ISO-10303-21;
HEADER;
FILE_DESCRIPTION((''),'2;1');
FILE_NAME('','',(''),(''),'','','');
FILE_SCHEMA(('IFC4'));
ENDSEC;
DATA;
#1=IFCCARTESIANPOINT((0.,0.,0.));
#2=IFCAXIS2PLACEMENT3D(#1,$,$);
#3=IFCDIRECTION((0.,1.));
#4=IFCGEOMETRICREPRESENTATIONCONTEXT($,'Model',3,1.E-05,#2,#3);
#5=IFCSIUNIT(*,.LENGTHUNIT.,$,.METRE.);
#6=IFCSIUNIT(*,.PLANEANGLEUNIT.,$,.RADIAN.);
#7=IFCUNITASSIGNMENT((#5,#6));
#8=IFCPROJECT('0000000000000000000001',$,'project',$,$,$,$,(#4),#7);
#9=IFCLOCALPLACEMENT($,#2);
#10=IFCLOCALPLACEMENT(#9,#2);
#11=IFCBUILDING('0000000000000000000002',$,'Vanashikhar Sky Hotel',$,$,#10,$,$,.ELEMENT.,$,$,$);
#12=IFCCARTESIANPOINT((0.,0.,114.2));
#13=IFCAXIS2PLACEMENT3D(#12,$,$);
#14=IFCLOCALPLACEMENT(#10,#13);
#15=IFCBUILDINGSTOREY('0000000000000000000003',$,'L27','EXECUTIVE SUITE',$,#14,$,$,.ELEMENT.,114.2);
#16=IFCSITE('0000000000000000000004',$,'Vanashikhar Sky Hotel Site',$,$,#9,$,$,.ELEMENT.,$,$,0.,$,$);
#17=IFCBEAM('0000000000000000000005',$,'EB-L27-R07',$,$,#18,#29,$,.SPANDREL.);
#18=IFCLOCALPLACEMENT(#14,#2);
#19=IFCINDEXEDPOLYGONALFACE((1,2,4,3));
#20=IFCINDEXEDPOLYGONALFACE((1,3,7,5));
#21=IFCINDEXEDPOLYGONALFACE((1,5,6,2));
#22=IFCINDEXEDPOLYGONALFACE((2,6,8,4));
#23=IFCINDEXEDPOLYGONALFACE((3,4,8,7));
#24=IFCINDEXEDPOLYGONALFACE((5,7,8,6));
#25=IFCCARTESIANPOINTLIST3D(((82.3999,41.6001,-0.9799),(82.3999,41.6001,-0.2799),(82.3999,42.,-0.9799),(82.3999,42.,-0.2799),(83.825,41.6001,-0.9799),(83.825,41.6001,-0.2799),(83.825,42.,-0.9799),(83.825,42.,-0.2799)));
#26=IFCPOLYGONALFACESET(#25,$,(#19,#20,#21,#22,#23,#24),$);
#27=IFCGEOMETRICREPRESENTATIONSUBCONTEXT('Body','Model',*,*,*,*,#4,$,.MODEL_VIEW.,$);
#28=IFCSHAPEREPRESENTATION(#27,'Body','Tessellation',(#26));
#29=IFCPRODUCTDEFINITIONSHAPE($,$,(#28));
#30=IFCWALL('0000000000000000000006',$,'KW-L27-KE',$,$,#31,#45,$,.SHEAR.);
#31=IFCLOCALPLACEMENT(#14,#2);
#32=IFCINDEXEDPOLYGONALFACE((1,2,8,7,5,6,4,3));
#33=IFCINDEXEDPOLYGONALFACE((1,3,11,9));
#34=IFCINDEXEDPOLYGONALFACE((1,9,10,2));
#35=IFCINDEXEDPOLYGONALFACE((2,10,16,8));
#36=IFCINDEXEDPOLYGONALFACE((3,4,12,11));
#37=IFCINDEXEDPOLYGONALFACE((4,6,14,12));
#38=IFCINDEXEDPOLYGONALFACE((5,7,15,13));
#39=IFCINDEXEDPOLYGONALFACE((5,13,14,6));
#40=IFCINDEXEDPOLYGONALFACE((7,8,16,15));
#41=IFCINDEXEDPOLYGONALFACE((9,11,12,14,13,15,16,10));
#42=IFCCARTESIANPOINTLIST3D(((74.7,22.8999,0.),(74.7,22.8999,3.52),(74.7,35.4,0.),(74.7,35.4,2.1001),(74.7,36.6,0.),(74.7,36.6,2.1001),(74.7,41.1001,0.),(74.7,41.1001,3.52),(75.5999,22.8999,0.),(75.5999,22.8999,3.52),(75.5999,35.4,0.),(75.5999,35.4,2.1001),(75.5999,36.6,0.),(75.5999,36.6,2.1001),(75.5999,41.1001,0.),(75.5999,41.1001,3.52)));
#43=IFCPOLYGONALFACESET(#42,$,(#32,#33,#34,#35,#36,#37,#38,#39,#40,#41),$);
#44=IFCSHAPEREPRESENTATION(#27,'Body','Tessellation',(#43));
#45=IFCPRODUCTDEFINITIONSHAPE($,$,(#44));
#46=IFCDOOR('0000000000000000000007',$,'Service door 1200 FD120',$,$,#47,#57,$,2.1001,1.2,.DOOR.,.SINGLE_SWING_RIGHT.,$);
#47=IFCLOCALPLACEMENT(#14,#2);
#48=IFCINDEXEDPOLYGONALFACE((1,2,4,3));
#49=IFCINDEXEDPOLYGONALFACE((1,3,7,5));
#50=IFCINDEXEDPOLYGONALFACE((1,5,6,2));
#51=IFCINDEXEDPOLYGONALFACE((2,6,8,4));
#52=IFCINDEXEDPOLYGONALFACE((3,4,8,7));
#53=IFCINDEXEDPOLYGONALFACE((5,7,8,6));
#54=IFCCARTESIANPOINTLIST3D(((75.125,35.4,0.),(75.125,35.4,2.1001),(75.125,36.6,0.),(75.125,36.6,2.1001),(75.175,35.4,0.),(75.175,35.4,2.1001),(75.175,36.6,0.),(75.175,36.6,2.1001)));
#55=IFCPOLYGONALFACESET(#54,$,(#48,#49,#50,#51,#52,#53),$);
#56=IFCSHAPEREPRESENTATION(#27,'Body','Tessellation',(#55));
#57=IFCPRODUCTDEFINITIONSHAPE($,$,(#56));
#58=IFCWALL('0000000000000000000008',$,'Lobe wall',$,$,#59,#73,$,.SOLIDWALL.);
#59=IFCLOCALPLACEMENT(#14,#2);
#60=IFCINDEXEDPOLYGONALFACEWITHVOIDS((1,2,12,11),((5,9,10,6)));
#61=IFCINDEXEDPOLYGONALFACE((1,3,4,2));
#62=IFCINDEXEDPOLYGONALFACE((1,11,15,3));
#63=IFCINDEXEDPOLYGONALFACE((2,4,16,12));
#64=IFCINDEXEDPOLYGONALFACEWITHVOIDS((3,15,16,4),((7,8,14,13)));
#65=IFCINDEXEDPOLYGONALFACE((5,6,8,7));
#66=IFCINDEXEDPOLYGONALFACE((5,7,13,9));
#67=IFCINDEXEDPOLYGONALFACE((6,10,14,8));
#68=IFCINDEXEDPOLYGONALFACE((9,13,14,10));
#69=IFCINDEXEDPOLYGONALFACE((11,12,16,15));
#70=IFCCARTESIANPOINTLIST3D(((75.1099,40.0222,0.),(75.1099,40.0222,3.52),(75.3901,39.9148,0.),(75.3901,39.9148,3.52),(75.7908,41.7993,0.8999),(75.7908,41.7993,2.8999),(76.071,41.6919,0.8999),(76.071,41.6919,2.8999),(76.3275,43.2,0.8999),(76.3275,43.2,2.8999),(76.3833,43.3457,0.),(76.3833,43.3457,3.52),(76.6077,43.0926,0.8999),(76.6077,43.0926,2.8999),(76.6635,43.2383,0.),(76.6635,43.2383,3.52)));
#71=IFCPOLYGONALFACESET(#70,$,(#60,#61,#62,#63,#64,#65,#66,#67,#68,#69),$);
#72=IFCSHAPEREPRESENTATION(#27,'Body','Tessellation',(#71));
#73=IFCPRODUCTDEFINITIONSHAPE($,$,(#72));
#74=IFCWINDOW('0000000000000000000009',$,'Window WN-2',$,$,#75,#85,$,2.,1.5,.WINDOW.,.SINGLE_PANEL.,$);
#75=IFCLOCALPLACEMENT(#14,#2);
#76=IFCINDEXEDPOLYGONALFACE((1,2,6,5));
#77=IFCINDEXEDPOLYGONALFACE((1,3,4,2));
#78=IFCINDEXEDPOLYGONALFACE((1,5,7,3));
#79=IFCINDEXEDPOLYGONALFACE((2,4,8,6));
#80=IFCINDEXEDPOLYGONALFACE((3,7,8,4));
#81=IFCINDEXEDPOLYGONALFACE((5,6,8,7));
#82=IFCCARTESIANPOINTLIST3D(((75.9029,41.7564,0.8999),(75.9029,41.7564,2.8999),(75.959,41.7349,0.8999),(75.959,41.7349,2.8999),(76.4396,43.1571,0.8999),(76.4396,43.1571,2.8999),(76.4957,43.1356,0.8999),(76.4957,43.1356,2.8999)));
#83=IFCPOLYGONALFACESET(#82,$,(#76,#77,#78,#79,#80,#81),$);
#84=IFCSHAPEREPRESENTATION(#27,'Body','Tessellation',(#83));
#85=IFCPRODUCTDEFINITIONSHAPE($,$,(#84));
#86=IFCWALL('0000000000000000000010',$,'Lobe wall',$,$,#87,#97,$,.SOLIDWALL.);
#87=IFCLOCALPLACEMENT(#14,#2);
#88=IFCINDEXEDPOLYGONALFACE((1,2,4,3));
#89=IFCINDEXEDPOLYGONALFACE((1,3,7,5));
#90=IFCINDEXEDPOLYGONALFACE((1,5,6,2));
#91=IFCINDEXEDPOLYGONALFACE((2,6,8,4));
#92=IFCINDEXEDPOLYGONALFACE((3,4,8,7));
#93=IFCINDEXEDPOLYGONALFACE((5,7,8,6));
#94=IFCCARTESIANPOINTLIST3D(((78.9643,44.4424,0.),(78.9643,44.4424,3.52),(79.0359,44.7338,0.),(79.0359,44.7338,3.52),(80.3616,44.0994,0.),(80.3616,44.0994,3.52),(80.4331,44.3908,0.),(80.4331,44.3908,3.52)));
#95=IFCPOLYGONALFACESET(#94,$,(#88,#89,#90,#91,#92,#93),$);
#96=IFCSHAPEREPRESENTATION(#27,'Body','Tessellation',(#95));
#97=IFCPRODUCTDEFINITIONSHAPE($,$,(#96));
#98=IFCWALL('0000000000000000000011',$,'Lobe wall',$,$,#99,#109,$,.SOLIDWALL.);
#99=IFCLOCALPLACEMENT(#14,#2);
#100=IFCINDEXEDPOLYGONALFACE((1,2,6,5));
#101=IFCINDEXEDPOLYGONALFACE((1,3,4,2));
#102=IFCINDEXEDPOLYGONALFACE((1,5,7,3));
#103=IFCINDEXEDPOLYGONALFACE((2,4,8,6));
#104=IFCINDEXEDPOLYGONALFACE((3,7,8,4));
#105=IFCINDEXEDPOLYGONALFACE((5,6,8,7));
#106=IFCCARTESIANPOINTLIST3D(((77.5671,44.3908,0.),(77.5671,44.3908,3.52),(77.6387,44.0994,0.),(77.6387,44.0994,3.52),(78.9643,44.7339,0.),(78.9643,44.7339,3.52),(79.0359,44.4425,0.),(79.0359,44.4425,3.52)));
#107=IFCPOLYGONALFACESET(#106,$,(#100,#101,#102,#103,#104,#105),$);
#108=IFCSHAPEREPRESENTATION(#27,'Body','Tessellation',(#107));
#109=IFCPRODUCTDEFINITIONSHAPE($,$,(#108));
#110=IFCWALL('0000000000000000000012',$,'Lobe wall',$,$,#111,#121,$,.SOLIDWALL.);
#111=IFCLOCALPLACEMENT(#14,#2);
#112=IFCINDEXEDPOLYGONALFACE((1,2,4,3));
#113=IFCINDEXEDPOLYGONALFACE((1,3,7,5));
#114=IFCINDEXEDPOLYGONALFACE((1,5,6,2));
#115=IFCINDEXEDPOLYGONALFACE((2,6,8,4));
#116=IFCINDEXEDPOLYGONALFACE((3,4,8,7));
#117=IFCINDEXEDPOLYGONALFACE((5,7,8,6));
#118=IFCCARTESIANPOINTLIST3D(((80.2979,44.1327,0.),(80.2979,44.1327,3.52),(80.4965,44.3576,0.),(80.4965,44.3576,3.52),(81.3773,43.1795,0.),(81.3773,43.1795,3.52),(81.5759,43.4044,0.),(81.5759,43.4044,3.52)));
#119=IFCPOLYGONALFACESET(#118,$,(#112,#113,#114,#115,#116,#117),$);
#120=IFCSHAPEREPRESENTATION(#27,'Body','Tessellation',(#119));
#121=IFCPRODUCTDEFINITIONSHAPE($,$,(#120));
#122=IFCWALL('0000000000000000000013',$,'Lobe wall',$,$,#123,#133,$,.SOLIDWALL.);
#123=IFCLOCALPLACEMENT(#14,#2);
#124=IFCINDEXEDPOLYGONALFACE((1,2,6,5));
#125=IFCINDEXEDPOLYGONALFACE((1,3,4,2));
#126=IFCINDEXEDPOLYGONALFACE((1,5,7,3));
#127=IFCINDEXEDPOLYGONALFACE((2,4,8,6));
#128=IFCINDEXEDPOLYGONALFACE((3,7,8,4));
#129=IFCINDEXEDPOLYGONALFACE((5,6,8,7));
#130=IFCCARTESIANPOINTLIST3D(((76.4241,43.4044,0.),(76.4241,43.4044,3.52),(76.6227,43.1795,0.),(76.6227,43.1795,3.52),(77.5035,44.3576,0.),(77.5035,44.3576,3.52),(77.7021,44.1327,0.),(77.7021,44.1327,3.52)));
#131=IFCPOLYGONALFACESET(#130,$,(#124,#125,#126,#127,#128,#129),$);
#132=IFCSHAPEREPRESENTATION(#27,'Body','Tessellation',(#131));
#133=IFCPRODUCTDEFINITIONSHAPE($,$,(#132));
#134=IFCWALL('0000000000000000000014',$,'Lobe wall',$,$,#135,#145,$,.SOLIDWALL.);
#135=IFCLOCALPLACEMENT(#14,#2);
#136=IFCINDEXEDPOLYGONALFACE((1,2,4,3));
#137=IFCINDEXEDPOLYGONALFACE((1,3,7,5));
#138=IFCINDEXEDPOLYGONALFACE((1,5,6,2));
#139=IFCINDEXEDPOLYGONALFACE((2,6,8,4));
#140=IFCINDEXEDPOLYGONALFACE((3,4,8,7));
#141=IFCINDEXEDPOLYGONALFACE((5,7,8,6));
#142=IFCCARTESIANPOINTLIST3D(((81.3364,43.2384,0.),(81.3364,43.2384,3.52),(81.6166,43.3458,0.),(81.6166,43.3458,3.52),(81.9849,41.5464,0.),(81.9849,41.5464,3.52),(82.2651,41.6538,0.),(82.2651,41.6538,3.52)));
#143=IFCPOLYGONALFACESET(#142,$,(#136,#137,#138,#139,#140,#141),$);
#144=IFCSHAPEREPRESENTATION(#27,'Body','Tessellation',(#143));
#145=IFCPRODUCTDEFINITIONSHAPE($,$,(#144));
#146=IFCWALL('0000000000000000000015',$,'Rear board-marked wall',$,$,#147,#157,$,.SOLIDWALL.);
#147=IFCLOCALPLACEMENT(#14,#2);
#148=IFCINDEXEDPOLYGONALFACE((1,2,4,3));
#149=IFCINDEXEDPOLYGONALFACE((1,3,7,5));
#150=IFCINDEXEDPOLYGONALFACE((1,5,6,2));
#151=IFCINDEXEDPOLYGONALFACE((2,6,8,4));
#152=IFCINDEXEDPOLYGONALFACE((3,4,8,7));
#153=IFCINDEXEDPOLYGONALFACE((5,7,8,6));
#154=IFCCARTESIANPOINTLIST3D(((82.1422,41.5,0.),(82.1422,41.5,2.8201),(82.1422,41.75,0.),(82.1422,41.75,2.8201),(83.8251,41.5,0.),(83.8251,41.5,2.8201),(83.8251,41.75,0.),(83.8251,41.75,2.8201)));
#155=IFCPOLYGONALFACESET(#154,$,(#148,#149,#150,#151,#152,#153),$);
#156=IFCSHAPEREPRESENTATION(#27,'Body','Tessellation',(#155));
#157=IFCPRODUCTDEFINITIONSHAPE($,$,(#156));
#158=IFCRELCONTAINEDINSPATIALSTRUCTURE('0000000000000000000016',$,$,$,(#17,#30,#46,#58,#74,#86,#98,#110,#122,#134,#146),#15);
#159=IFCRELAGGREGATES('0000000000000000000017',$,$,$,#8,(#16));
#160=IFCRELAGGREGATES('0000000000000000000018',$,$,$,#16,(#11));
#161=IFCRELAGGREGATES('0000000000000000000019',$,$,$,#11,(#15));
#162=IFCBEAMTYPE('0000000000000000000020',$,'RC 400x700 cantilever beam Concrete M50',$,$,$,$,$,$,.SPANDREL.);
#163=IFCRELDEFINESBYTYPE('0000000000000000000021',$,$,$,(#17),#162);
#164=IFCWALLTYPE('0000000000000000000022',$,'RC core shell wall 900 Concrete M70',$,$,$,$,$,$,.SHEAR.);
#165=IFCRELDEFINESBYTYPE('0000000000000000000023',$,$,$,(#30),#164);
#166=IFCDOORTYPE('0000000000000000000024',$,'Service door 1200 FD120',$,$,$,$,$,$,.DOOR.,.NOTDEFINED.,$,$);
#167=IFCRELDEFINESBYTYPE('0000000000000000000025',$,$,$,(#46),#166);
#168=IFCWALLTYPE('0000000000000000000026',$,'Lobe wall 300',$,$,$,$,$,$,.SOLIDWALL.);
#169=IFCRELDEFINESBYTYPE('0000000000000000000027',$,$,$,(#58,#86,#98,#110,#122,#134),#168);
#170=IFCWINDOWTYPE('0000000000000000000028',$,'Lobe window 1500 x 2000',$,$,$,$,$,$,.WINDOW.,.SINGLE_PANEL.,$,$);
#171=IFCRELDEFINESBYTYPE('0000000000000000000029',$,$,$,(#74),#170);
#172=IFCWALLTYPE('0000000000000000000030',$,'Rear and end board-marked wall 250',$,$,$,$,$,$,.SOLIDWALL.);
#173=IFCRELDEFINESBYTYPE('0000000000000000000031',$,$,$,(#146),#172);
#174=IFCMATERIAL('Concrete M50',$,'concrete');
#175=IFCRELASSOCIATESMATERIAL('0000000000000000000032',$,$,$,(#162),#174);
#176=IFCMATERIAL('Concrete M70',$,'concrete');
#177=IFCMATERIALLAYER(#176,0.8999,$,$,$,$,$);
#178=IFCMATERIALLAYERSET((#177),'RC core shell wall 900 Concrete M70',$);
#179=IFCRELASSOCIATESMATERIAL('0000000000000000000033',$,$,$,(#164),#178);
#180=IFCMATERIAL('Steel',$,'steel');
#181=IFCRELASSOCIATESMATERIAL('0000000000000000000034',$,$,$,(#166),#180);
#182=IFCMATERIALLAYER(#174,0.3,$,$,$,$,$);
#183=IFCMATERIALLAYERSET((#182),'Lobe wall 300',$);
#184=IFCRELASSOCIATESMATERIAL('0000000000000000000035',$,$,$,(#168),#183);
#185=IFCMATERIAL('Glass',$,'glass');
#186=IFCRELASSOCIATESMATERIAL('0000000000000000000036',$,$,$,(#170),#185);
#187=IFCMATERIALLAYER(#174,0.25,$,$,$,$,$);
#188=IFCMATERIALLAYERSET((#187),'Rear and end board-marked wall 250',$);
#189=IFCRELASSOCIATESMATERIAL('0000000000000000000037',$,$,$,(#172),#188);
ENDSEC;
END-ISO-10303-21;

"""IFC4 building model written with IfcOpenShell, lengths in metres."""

from ifc_helpers import new_model, si_unit, direction, frame, frame_2d, origin, origin_2d, place, context, subcontext, project, spatial, rectangle, extrude, source, transform, mapped, material, layer, layer_set, material_profile, profile_set, type_object, element, fill, save


model = new_model("IFC4")

# Units and contexts
model_context = context("Model", 3, precision=1e-05, world=origin(), true_north=direction((0.0, 1.0)))
body_context = subcontext(model_context, "Body", "Model", "MODEL_VIEW")
ifc_project = project(units=[si_unit("LENGTHUNIT", "METRE"), si_unit("PLANEANGLEUNIT", "RADIAN")], contexts=[model_context])

# Site, building, storey
site_placement = place(None, origin())
site = spatial("IfcSite", under=ifc_project, at=site_placement, Name="Vanashikhar Sky Hotel Site", CompositionType="ELEMENT", RefElevation=0.0)
building_placement = place(site_placement, origin())
building = spatial("IfcBuilding", under=site, at=building_placement, Name="Vanashikhar Sky Hotel", CompositionType="ELEMENT")
storey_placement = place(building_placement, frame((0.0, 0.0, 114.2)))
storey = spatial("IfcBuildingStorey", under=building, at=storey_placement, Name="L27", Description="EXECUTIVE SUITE", CompositionType="ELEMENT", Elevation=114.2)

# Beam
ifc_material_1 = material(Name="Concrete M50", Category="concrete")
ifc_material_profile_1 = material_profile(ifc_material_1, rectangle(XDim=0.3999, YDim=0.7, at=origin_2d()))
ifc_profile_set_1 = profile_set([ifc_material_profile_1], Name="RC 400x700 cantilever beam Concrete M50")
beam_type = type_object("IfcBeamType", Name="RC 400x700 cantilever beam Concrete M50", PredefinedType="SPANDREL", material=ifc_profile_set_1)
shared_shape_1 = source(origin(), body_context, "Body", "SweptSolid", [
    extrude(rectangle(XDim=0.3999, YDim=0.7, at=origin_2d()), origin(), (0.0, 0.0, 1.0), 1.425),
])
beam_placement = place(storey_placement, frame((82.3999, 41.8, -0.6299), z_axis=(1.0, 0.0, 0.0), x_axis=(0.0, 1.0, 0.0)))
element("IfcBeam", 1, at=beam_placement, inside=storey, type_object=beam_type, Name="EB-L27-R07", PredefinedType="SPANDREL", context=body_context, shape_type="MappedRepresentation", body=[
    mapped(shared_shape_1, transform((0.0, 0.0, 0.0), scale=1.0)),
])

# Wall, opening, door
ifc_material_2 = material(Name="Concrete M70", Category="concrete")
ifc_layer_1 = layer(ifc_material_2, 0.8999)
ifc_layer_set_1 = layer_set([ifc_layer_1], Name="RC core shell wall 900 Concrete M70")
wall_type_1 = type_object("IfcWallType", Name="RC core shell wall 900 Concrete M70", PredefinedType="SHEAR", material=ifc_layer_set_1)
shared_shape_2 = source(origin(), body_context, "Body", "SweptSolid", [
    extrude(rectangle(XDim=18.2002, YDim=0.8999, at=frame_2d((9.1001, 0.0))), origin(), (0.0, 0.0, 1.0), 3.52),
])
wall_1_placement = place(storey_placement, frame((75.1499, 22.8999, 0.0), z_axis=(0.0, 0.0, 1.0), x_axis=(0.0, 1.0, 0.0)))
wall_1 = element("IfcWall", 2, at=wall_1_placement, inside=storey, type_object=wall_type_1, Name="KW-L27-KE", PredefinedType="SHEAR", context=body_context, shape_type="MappedRepresentation", body=[
    mapped(shared_shape_2, transform((0.0, 0.0, 0.0), scale=1.0)),
])
shared_shape_3 = source(origin(), body_context, "Body", "SweptSolid", [
    extrude(rectangle(XDim=1.2, YDim=2.1001, at=frame_2d((0.6001, 1.05))), frame((0.0, 0.46, 0.0), z_axis=(0.0, -1.0, 0.0), x_axis=(1.0, 0.0, 0.0)), (0.0, 0.0, 1.0), 0.9199),
])
opening_1_placement = place(wall_1_placement, frame((12.5, 0.0, 0.0)))
opening_1 = element("IfcOpeningElement", 3, at=opening_1_placement, cuts=wall_1, PredefinedType="OPENING", context=body_context, shape_type="MappedRepresentation", body=[
    mapped(shared_shape_3, transform((0.0, 0.0, 0.0), scale=1.0)),
])
ifc_material_3 = material(Name="Steel", Category="steel")
door_type_1 = type_object("IfcDoorType", Name="Service door 1200 FD120", OperationType="NOTDEFINED", PredefinedType="DOOR", material=ifc_material_3)
shared_shape_4 = source(origin(), body_context, "Body", "SweptSolid", [
    extrude(rectangle(XDim=1.2, YDim=2.1001, at=frame_2d((0.6001, 1.05))), frame((0.0, 0.0249, 0.0), z_axis=(0.0, -1.0, 0.0), x_axis=(1.0, 0.0, 0.0)), (0.0, 0.0, 1.0), 0.05),
])
door_1_placement = place(opening_1_placement, origin())
door_1 = element("IfcDoor", 4, at=door_1_placement, inside=storey, type_object=door_type_1, Name="Service door 1200 FD120", OperationType="SINGLE_SWING_RIGHT", OverallHeight=2.1001, OverallWidth=1.2, PredefinedType="DOOR", context=body_context, shape_type="MappedRepresentation", body=[
    mapped(shared_shape_4, transform((0.0, 0.0, 0.0), scale=1.0)),
])
fill(opening_1, door_1)

# Wall, opening, window
ifc_layer_2 = layer(ifc_material_1, 0.3)
ifc_layer_set_2 = layer_set([ifc_layer_2], Name="Lobe wall 300")
wall_type_2 = type_object("IfcWallType", Name="Lobe wall 300", PredefinedType="SOLIDWALL", material=ifc_layer_set_2)
shared_shape_5 = source(origin(), body_context, "Body", "SweptSolid", [
    extrude(rectangle(XDim=3.5591, YDim=0.3, at=frame_2d((1.7795, 0.0))), origin(), (0.0, 0.0, 1.0), 3.52),
])
wall_2_placement = place(storey_placement, frame((76.5234, 43.292, 0.0), z_axis=(0.0, 0.0, 1.0), x_axis=(-0.357797, -0.933799, 0.0)))
wall_2 = element("IfcWall", 5, at=wall_2_placement, inside=storey, type_object=wall_type_2, Name="Lobe wall", PredefinedType="SOLIDWALL", context=body_context, shape_type="MappedRepresentation", body=[
    mapped(shared_shape_5, transform((0.0, 0.0, 0.0), scale=1.0)),
])
shared_shape_6 = source(origin(), body_context, "Body", "SweptSolid", [
    extrude(rectangle(XDim=1.5, YDim=2.0, at=frame_2d((0.75, 1.0))), frame((0.0, 0.1602, 0.0), z_axis=(0.0, -1.0, 0.0), x_axis=(1.0, 0.0, 0.0)), (0.0, 0.0, 1.0), 0.3201),
])
opening_2_placement = place(wall_2_placement, frame((0.156, 0.0, 0.8999)))
opening_2 = element("IfcOpeningElement", 6, at=opening_2_placement, cuts=wall_2, PredefinedType="OPENING", context=body_context, shape_type="MappedRepresentation", body=[
    mapped(shared_shape_6, transform((0.0, 0.0, 0.0), scale=1.0)),
])
ifc_material_4 = material(Name="Glass", Category="glass")
window_type = type_object("IfcWindowType", Name="Lobe window 1500 x 2000", PartitioningType="SINGLE_PANEL", PredefinedType="WINDOW", material=ifc_material_4)
shared_shape_7 = source(origin(), body_context, "Body", "SweptSolid", [
    extrude(rectangle(XDim=1.5, YDim=2.0, at=frame_2d((0.75, 1.0))), frame((0.0, 0.03, 0.0), z_axis=(0.0, -1.0, 0.0), x_axis=(1.0, 0.0, 0.0)), (0.0, 0.0, 1.0), 0.0601),
])
window_placement = place(opening_2_placement, origin())
window = element("IfcWindow", 7, at=window_placement, inside=storey, type_object=window_type, Name="Window WN-2", OverallHeight=2.0, OverallWidth=1.5, PartitioningType="SINGLE_PANEL", PredefinedType="WINDOW", context=body_context, shape_type="MappedRepresentation", body=[
    mapped(shared_shape_7, transform((0.0, 0.0, 0.0), scale=1.0)),
])
fill(opening_2, window)

# Walls
shared_shape_8 = source(origin(), body_context, "Body", "SweptSolid", [
    extrude(rectangle(XDim=1.4387, YDim=0.3, at=frame_2d((0.7192, 0.0))), origin(), (0.0, 0.0, 1.0), 3.52),
])
for number, where, z_axis, x_axis, name in (
    (8, (80.3972, 44.2451, 0.0), (0.0, 0.0, 1.0), (-0.971162, 0.238421, 0.0), "Lobe wall"),
    (9, (79.0, 44.5881, 0.0), (0.0, 0.0, 1.0), (-0.971162, -0.238421, 0.0), "Lobe wall"),
):
    element("IfcWall", number, at=place(storey_placement, frame(where, z_axis=z_axis, x_axis=x_axis)), inside=storey, type_object=wall_type_2, Name=name, PredefinedType="SOLIDWALL", context=body_context, shape_type="MappedRepresentation", body=[
        mapped(shared_shape_8, transform((0.0, 0.0, 0.0), scale=1.0)),
    ])
shared_shape_9 = source(origin(), body_context, "Body", "SweptSolid", [
    extrude(rectangle(XDim=1.4399, YDim=0.3, at=frame_2d((0.72, 0.0))), origin(), (0.0, 0.0, 1.0), 3.52),
])
for number, where, z_axis, x_axis, name in (
    (10, (81.4766, 43.292, 0.0), (0.0, 0.0, 1.0), (-0.749576, 0.661919, 0.0), "Lobe wall"),
    (11, (77.6028, 44.2451, 0.0), (0.0, 0.0, 1.0), (-0.749576, -0.661919, 0.0), "Lobe wall"),
):
    element("IfcWall", number, at=place(storey_placement, frame(where, z_axis=z_axis, x_axis=x_axis)), inside=storey, type_object=wall_type_2, Name=name, PredefinedType="SOLIDWALL", context=body_context, shape_type="MappedRepresentation", body=[
        mapped(shared_shape_9, transform((0.0, 0.0, 0.0), scale=1.0)),
    ])
shared_shape_10 = source(origin(), body_context, "Body", "SweptSolid", [
    extrude(rectangle(XDim=1.812, YDim=0.3, at=frame_2d((0.906, 0.0))), origin(), (0.0, 0.0, 1.0), 3.52),
])
wall_3_placement = place(storey_placement, frame((82.125, 41.6001, 0.0), z_axis=(0.0, 0.0, 1.0), x_axis=(-0.357877, 0.933769, 0.0)))
element("IfcWall", 12, at=wall_3_placement, inside=storey, type_object=wall_type_2, Name="Lobe wall", PredefinedType="SOLIDWALL", context=body_context, shape_type="MappedRepresentation", body=[
    mapped(shared_shape_10, transform((0.0, 0.0, 0.0), scale=1.0)),
])
ifc_layer_3 = layer(ifc_material_1, 0.25)
ifc_layer_set_3 = layer_set([ifc_layer_3], Name="Rear and end board-marked wall 250")
wall_type_3 = type_object("IfcWallType", Name="Rear and end board-marked wall 250", PredefinedType="SOLIDWALL", material=ifc_layer_set_3)
shared_shape_11 = source(origin(), body_context, "Body", "SweptSolid", [
    extrude(rectangle(XDim=1.6829, YDim=0.25, at=frame_2d((0.8413, 0.0))), origin(), (0.0, 0.0, 1.0), 2.8201),
])
wall_4_placement = place(storey_placement, frame((83.825, 41.625, 0.0), z_axis=(0.0, 0.0, 1.0), x_axis=(-1.0, 0.0, 0.0)))
element("IfcWall", 13, at=wall_4_placement, inside=storey, type_object=wall_type_3, Name="Rear board-marked wall", PredefinedType="SOLIDWALL", context=body_context, shape_type="MappedRepresentation", body=[
    mapped(shared_shape_11, transform((0.0, 0.0, 0.0), scale=1.0)),
])

save(model, "model.ifc")
